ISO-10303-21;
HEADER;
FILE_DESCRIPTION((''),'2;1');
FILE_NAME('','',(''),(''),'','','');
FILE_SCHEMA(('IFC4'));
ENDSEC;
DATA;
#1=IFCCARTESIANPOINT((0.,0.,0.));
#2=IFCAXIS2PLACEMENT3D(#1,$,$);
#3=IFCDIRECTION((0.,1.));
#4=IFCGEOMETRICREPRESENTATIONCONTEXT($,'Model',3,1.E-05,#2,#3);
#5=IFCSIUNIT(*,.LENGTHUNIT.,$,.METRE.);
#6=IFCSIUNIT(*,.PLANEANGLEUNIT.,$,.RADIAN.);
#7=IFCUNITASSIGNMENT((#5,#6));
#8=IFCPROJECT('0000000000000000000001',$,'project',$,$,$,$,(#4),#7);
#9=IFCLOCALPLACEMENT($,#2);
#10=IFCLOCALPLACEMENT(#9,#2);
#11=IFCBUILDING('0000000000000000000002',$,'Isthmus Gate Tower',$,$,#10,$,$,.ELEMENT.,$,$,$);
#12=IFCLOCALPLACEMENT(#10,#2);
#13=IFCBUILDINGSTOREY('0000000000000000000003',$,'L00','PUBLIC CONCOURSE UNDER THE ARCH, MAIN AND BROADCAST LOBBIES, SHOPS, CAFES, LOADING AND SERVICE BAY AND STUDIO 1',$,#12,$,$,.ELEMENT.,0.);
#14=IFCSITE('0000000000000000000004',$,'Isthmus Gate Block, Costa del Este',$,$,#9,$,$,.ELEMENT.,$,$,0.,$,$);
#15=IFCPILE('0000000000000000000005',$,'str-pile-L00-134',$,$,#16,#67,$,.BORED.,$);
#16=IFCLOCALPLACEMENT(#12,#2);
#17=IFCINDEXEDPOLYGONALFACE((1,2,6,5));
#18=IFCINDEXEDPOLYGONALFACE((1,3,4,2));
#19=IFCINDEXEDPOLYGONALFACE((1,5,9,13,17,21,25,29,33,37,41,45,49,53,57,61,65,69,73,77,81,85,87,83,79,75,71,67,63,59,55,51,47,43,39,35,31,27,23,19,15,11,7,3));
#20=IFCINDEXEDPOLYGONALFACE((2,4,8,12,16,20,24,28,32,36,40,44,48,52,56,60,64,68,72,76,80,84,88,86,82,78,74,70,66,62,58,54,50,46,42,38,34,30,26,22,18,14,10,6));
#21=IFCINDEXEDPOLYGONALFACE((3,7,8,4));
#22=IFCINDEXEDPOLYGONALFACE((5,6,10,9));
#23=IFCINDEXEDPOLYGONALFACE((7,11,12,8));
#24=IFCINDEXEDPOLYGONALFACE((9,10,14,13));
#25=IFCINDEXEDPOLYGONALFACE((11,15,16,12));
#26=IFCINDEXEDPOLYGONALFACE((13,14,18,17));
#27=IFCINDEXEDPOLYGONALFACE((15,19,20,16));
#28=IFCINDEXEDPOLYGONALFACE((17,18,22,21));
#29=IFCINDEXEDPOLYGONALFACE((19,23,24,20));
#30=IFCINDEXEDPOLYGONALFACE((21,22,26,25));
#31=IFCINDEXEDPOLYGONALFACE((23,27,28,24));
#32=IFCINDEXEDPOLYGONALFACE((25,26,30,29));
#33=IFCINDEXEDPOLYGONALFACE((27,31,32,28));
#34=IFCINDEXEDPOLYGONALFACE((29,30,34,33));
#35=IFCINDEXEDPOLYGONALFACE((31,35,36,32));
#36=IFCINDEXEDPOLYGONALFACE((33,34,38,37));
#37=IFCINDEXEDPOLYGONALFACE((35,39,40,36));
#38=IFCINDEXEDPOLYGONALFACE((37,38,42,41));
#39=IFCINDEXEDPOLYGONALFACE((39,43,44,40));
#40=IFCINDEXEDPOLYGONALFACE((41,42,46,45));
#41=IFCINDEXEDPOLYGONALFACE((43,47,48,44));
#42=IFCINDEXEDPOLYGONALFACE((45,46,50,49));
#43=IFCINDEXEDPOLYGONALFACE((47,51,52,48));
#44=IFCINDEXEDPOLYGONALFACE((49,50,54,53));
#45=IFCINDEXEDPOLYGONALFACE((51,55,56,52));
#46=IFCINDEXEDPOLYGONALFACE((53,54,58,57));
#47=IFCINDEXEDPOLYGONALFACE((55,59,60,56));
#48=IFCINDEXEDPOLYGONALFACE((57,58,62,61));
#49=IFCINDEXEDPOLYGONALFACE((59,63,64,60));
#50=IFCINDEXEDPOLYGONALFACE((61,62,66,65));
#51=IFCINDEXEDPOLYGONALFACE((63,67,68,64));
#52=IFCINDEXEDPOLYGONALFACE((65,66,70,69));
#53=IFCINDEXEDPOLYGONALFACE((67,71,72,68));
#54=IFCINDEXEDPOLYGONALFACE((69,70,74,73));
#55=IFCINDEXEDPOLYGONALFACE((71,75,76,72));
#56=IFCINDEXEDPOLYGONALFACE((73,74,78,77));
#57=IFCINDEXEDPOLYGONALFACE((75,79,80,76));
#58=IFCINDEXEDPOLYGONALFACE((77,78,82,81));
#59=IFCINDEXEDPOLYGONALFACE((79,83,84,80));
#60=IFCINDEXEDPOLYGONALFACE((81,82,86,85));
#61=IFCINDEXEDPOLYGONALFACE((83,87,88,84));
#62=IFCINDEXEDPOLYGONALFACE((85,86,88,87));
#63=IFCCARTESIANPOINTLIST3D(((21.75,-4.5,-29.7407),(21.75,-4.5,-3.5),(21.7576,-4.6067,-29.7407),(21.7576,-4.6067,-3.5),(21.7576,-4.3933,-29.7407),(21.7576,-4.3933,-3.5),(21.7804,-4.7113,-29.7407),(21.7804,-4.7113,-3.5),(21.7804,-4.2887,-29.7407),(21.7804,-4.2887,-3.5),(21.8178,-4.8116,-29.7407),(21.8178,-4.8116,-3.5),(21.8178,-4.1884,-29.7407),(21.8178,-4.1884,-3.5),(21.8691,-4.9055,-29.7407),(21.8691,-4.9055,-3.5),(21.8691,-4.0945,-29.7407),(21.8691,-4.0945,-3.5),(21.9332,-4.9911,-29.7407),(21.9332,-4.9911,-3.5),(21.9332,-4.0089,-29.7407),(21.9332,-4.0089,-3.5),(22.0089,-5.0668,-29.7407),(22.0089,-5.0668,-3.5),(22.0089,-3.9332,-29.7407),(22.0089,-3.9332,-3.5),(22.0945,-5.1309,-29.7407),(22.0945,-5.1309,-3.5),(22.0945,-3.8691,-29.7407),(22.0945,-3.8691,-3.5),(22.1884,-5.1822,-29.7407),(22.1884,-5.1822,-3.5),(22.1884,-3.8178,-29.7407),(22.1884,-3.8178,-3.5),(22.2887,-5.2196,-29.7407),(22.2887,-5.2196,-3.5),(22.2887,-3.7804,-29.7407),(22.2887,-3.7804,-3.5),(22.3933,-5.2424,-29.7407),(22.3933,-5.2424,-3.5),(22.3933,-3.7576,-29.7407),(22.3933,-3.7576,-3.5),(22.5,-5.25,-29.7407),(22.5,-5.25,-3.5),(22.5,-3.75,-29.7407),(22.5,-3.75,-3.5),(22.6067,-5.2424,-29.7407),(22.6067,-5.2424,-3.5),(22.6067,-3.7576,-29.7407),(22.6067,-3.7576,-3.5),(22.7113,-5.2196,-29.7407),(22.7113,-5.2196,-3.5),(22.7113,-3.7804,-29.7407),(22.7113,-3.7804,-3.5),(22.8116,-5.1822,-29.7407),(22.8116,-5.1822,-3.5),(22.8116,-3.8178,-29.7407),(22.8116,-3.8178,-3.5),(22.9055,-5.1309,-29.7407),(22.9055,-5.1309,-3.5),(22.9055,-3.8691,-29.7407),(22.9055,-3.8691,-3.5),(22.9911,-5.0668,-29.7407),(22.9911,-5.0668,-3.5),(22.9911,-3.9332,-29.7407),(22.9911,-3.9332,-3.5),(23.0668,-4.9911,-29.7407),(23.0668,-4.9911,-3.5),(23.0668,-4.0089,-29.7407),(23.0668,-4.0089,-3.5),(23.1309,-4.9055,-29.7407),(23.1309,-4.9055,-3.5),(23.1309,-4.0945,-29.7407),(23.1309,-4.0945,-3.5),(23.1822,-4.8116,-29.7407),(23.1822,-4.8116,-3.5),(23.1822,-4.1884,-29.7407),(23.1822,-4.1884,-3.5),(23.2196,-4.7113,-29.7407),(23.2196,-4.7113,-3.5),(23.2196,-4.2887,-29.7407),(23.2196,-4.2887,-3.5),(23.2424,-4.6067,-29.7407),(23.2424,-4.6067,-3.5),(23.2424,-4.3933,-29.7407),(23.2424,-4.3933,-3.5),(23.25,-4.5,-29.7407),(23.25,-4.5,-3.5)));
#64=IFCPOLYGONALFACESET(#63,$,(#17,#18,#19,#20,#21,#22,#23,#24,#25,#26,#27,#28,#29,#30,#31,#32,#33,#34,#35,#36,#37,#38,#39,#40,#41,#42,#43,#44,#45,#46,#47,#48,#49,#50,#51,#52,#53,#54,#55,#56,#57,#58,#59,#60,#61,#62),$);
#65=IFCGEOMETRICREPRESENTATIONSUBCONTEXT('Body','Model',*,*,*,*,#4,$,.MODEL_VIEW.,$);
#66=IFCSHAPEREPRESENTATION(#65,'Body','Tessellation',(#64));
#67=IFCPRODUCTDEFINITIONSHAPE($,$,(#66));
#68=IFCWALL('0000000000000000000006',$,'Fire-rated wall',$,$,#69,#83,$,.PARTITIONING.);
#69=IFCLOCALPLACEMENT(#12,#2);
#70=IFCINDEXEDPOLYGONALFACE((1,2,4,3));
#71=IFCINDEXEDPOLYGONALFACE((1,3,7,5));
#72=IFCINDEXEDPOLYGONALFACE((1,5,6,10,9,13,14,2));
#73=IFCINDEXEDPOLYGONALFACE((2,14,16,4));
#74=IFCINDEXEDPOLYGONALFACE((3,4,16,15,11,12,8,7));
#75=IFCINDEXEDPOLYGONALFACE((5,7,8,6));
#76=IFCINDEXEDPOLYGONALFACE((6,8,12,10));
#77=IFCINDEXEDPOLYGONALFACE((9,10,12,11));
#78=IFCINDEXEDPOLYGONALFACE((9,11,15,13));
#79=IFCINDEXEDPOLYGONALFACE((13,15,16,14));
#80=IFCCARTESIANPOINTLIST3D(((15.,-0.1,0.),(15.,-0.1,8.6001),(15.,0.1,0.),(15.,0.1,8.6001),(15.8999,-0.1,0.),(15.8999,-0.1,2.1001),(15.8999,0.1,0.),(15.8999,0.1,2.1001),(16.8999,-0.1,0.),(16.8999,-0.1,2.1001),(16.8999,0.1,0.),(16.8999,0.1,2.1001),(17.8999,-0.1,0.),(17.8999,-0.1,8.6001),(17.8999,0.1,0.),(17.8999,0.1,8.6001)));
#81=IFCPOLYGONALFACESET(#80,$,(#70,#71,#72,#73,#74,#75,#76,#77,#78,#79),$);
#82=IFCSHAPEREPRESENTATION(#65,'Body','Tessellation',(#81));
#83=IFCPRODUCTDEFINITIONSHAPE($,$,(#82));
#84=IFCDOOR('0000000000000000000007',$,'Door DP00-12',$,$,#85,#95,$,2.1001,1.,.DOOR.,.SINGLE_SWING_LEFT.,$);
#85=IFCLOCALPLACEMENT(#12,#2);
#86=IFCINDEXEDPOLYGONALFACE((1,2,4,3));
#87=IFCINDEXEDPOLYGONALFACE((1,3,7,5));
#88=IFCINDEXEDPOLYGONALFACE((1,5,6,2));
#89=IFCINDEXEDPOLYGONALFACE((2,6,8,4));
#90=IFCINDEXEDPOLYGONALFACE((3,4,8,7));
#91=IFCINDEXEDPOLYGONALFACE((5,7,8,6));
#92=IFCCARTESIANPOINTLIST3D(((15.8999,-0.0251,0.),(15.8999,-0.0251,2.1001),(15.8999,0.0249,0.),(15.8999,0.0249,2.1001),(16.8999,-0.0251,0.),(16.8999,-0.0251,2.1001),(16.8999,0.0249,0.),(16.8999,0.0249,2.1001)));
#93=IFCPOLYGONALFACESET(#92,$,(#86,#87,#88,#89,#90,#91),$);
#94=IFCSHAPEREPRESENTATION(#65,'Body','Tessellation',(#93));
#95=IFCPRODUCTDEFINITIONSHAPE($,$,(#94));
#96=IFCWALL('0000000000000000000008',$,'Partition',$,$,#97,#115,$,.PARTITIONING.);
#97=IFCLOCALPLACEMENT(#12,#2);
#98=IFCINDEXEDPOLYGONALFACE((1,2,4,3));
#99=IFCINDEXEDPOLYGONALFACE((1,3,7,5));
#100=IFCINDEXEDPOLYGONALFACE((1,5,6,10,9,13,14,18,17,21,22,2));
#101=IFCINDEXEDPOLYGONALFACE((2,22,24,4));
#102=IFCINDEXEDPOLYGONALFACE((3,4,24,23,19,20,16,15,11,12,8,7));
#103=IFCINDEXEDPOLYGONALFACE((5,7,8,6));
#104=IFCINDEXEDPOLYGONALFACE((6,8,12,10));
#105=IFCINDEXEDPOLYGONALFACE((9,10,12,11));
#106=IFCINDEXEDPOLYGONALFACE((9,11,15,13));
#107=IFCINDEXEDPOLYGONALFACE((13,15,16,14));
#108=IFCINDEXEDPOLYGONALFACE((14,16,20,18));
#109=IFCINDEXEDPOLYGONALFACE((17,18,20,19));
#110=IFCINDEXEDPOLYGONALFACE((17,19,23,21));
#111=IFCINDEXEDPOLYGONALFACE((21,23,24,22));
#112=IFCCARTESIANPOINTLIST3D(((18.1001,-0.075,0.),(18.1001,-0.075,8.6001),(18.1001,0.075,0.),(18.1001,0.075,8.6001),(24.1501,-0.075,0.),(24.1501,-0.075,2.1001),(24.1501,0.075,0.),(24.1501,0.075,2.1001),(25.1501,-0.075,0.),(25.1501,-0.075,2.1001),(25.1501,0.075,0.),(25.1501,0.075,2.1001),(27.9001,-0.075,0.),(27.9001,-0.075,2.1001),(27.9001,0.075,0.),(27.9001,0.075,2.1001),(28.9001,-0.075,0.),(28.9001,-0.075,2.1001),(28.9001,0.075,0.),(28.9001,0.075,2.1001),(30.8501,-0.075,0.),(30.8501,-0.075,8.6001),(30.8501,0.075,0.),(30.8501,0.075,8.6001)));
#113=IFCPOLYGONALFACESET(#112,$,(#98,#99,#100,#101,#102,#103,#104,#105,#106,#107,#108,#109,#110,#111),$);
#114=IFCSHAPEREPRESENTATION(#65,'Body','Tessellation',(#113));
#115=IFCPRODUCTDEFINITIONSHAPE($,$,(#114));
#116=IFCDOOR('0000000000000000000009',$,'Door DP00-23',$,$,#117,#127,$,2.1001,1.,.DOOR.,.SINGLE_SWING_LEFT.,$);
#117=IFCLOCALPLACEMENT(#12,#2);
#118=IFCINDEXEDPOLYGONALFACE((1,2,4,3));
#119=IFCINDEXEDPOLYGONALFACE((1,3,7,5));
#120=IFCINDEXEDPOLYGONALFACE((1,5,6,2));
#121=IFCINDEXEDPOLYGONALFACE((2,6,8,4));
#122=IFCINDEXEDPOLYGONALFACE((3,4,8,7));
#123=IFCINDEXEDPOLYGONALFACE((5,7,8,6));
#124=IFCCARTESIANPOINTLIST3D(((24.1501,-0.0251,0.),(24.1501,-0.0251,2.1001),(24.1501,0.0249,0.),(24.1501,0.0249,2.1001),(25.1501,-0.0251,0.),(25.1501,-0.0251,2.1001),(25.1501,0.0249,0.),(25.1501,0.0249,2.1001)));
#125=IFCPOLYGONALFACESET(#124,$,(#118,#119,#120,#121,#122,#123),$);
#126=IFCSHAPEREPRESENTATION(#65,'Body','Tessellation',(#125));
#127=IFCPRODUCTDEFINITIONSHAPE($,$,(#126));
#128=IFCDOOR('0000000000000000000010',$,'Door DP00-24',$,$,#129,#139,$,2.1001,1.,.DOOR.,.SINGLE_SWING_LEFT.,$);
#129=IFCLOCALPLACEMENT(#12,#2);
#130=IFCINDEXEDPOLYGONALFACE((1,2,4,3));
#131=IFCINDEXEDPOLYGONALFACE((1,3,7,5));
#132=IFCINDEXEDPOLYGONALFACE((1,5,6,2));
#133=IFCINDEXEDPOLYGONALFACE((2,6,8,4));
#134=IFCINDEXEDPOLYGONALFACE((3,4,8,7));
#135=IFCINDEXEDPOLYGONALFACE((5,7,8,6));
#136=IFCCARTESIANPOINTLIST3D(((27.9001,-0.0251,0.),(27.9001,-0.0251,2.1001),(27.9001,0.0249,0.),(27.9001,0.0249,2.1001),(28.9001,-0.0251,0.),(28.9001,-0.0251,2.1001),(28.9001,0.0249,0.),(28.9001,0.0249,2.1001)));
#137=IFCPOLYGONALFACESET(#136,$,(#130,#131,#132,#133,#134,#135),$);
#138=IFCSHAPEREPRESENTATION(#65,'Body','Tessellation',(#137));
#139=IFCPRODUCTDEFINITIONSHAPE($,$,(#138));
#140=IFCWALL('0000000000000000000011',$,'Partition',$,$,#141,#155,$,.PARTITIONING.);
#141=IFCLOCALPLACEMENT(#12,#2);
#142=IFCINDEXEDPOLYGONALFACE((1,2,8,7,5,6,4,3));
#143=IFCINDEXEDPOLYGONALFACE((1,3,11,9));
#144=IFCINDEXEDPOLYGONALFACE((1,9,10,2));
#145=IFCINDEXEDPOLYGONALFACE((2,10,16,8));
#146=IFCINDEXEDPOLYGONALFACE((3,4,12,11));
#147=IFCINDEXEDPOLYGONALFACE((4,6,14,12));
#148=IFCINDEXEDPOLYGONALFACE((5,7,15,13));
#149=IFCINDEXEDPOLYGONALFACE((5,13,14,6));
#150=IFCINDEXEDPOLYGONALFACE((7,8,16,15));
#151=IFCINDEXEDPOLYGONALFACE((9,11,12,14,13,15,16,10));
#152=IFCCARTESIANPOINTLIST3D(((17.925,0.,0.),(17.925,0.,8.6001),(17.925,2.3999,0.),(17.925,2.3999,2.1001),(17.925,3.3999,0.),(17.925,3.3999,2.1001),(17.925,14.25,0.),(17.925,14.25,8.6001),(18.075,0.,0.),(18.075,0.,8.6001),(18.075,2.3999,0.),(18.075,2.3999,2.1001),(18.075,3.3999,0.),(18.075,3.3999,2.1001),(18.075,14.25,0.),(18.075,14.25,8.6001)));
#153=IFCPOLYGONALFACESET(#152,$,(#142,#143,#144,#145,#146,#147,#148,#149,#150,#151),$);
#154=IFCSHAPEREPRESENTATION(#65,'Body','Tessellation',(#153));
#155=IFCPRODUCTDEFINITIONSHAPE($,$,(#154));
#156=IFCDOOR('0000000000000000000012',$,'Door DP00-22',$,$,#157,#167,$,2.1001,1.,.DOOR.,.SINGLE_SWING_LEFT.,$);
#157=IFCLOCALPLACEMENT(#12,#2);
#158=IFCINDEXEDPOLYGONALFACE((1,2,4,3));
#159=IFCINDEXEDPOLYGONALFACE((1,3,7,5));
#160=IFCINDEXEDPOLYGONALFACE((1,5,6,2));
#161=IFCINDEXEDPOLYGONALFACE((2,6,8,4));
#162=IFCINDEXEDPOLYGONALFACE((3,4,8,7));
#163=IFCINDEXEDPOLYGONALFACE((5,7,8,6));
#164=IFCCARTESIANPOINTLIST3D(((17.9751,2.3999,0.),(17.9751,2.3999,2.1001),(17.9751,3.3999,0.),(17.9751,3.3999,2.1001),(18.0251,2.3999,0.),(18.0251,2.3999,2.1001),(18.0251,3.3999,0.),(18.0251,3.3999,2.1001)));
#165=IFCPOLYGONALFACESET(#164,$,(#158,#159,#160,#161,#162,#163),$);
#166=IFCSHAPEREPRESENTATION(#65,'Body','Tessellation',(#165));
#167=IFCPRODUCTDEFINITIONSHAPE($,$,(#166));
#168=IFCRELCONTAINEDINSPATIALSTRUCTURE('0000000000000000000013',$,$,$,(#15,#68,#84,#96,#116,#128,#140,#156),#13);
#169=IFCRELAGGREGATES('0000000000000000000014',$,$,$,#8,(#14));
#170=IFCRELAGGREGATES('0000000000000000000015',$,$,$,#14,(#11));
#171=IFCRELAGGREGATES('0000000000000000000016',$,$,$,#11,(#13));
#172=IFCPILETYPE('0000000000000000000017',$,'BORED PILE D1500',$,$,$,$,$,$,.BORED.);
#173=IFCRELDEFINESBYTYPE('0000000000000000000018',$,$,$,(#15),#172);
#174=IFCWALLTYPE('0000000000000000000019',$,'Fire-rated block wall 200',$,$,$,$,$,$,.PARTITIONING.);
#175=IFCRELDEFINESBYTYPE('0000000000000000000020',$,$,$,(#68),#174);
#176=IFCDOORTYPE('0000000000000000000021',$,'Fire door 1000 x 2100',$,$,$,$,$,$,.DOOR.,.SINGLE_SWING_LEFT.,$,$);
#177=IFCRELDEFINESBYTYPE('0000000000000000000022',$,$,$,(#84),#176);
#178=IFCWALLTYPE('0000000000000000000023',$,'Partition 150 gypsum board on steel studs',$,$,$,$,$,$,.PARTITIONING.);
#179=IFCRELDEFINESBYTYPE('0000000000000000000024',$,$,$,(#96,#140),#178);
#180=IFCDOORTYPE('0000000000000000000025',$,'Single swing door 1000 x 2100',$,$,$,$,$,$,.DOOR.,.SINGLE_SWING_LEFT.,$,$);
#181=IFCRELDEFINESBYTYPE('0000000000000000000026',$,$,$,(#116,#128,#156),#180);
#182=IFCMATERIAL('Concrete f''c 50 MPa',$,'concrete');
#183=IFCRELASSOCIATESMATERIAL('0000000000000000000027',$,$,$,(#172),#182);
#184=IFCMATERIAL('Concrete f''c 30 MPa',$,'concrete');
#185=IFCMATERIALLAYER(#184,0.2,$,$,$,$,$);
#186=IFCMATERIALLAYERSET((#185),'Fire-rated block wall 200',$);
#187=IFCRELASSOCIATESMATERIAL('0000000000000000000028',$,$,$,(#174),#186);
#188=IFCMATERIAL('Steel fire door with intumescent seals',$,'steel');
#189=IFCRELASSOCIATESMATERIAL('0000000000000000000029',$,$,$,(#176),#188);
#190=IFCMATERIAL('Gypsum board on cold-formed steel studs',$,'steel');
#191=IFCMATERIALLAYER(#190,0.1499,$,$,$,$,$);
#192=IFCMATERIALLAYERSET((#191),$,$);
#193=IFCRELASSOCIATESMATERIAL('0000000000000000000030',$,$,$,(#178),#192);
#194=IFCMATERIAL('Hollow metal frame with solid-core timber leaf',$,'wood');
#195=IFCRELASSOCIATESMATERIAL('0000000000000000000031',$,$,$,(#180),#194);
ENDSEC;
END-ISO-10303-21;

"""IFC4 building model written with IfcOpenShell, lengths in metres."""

from ifc_helpers import new_model, si_unit, direction, frame, frame_2d, origin, origin_2d, place, context, subcontext, project, spatial, rectangle, circle, extrude, material, layer, layer_set, material_profile, profile_set, type_object, element, fill, save


model = new_model("IFC4")

# Units and contexts
model_context = context("Model", 3, precision=1e-05, world=origin(), true_north=direction((0.0, 1.0)))
body_context = subcontext(model_context, "Body", "Model", "MODEL_VIEW")
ifc_project = project(units=[si_unit("LENGTHUNIT", "METRE"), si_unit("PLANEANGLEUNIT", "RADIAN")], contexts=[model_context])

# Site, building, storey
site_placement = place(None, origin())
site = spatial("IfcSite", under=ifc_project, at=site_placement, Name="Isthmus Gate Block, Costa del Este", CompositionType="ELEMENT", RefElevation=0.0)
building_placement = place(site_placement, origin())
building = spatial("IfcBuilding", under=site, at=building_placement, Name="Isthmus Gate Tower", CompositionType="ELEMENT")
storey_placement = place(building_placement, origin())
storey = spatial("IfcBuildingStorey", under=building, at=storey_placement, Name="L00", Description="PUBLIC CONCOURSE UNDER THE ARCH, MAIN AND BROADCAST LOBBIES, SHOPS, CAFES, LOADING AND SERVICE BAY AND STUDIO 1", CompositionType="ELEMENT", Elevation=0.0)

# Pile
ifc_material_1 = material(Name="Concrete f'c 50 MPa", Category="concrete")
ifc_material_profile = material_profile(ifc_material_1, circle(Radius=0.75, at=origin_2d()), Name="D1500")
ifc_profile_set = profile_set([ifc_material_profile], Name="Concrete f'c 50 MPa")
pile_type = type_object("IfcPileType", Name="BORED PILE D1500", PredefinedType="BORED", material=ifc_profile_set)
pile_1_placement = place(storey_placement, frame((22.5, -4.5, -3.5), z_axis=(0.0, 0.0, -1.0), x_axis=(1.0, 0.0, 0.0)))
element("IfcPile", 1, at=pile_1_placement, inside=storey, type_object=pile_type, Name="str-pile-L00-134", PredefinedType="BORED", context=body_context, shape_type="SweptSolid", body=[
    extrude(circle(Radius=0.75, at=origin_2d()), origin(), (0.0, 0.0, 1.0), 26.2407),
])

# Wall, opening, door
ifc_material_2 = material(Name="Concrete f'c 30 MPa", Category="concrete")
ifc_layer_1 = layer(ifc_material_2, 0.2)
ifc_layer_set_1 = layer_set([ifc_layer_1], Name="Fire-rated block wall 200")
wall_type_1 = type_object("IfcWallType", Name="Fire-rated block wall 200", PredefinedType="PARTITIONING", material=ifc_layer_set_1)
wall_1_placement = place(storey_placement, frame((15.0, 0.0, 0.0), z_axis=(0.0, 0.0, 1.0), x_axis=(1.0, 0.0, 0.0)))
wall_1 = element("IfcWall", 2, at=wall_1_placement, inside=storey, type_object=wall_type_1, Name="Fire-rated wall", PredefinedType="PARTITIONING", context=body_context, shape_type="SweptSolid", body=[
    extrude(rectangle(XDim=2.8999, YDim=0.2, at=frame_2d((1.45, 0.0))), origin(), (0.0, 0.0, 1.0), 8.6001),
])
opening_1_placement = place(wall_1_placement, frame((0.8999, 0.0, 0.0)))
opening_1 = element("IfcOpeningElement", 3, at=opening_1_placement, cuts=wall_1, PredefinedType="OPENING", context=body_context, shape_type="SweptSolid", body=[
    extrude(rectangle(XDim=1.0, YDim=2.1001, at=frame_2d((0.5, 1.05))), frame((0.0, 0.1099, 0.0), z_axis=(0.0, -1.0, 0.0), x_axis=(1.0, 0.0, 0.0)), (0.0, 0.0, 1.0), 0.22),
])
ifc_material_3 = material(Name="Steel fire door with intumescent seals", Category="steel")
door_type_1 = type_object("IfcDoorType", Name="Fire door 1000 x 2100", OperationType="SINGLE_SWING_LEFT", PredefinedType="DOOR", material=ifc_material_3)
door_1_placement = place(opening_1_placement, origin())
door_1 = element("IfcDoor", 4, at=door_1_placement, inside=storey, type_object=door_type_1, Name="Door DP00-12", OperationType="SINGLE_SWING_LEFT", OverallHeight=2.1001, OverallWidth=1.0, PredefinedType="DOOR", context=body_context, shape_type="SweptSolid", body=[
    extrude(rectangle(XDim=1.0, YDim=2.1001, at=frame_2d((0.5, 1.05))), frame((0.0, 0.0249, 0.0), z_axis=(0.0, -1.0, 0.0), x_axis=(1.0, 0.0, 0.0)), (0.0, 0.0, 1.0), 0.05),
])
fill(opening_1, door_1)

# Wall, openings, doors
ifc_material_4 = material(Name="Gypsum board on cold-formed steel studs", Category="steel")
ifc_layer_2 = layer(ifc_material_4, 0.1499)
ifc_layer_set_2 = layer_set([ifc_layer_2])
wall_type_2 = type_object("IfcWallType", Name="Partition 150 gypsum board on steel studs", PredefinedType="PARTITIONING", material=ifc_layer_set_2)
wall_2_placement = place(storey_placement, frame((18.1001, 0.0, 0.0), z_axis=(0.0, 0.0, 1.0), x_axis=(1.0, 0.0, 0.0)))
wall_2 = element("IfcWall", 5, at=wall_2_placement, inside=storey, type_object=wall_type_2, Name="Partition", PredefinedType="PARTITIONING", context=body_context, shape_type="SweptSolid", body=[
    extrude(rectangle(XDim=12.75, YDim=0.1499, at=frame_2d((6.375, 0.0))), origin(), (0.0, 0.0, 1.0), 8.6001),
])
opening_2_placement = place(wall_2_placement, frame((6.05, 0.0, 0.0)))
opening_2 = element("IfcOpeningElement", 6, at=opening_2_placement, cuts=wall_2, PredefinedType="OPENING", context=body_context, shape_type="SweptSolid", body=[
    extrude(rectangle(XDim=1.0, YDim=2.1001, at=frame_2d((0.5, 1.05))), frame((0.0, 0.085, 0.0), z_axis=(0.0, -1.0, 0.0), x_axis=(1.0, 0.0, 0.0)), (0.0, 0.0, 1.0), 0.1699),
])
opening_3_placement = place(wall_2_placement, frame((9.8, 0.0, 0.0)))
opening_3 = element("IfcOpeningElement", 7, at=opening_3_placement, cuts=wall_2, PredefinedType="OPENING", context=body_context, shape_type="SweptSolid", body=[
    extrude(rectangle(XDim=1.0, YDim=2.1001, at=frame_2d((0.5, 1.05))), frame((0.0, 0.085, 0.0), z_axis=(0.0, -1.0, 0.0), x_axis=(1.0, 0.0, 0.0)), (0.0, 0.0, 1.0), 0.1699),
])
ifc_material_5 = material(Name="Hollow metal frame with solid-core timber leaf", Category="wood")
door_type_2 = type_object("IfcDoorType", Name="Single swing door 1000 x 2100", OperationType="SINGLE_SWING_LEFT", PredefinedType="DOOR", material=ifc_material_5)
door_2_placement = place(opening_2_placement, origin())
door_2 = element("IfcDoor", 8, at=door_2_placement, inside=storey, type_object=door_type_2, Name="Door DP00-23", OperationType="SINGLE_SWING_LEFT", OverallHeight=2.1001, OverallWidth=1.0, PredefinedType="DOOR", context=body_context, shape_type="SweptSolid", body=[
    extrude(rectangle(XDim=1.0, YDim=2.1001, at=frame_2d((0.5, 1.05))), frame((0.0, 0.0249, 0.0), z_axis=(0.0, -1.0, 0.0), x_axis=(1.0, 0.0, 0.0)), (0.0, 0.0, 1.0), 0.05),
])
fill(opening_2, door_2)
door_3_placement = place(opening_3_placement, origin())
door_3 = element("IfcDoor", 9, at=door_3_placement, inside=storey, type_object=door_type_2, Name="Door DP00-24", OperationType="SINGLE_SWING_LEFT", OverallHeight=2.1001, OverallWidth=1.0, PredefinedType="DOOR", context=body_context, shape_type="SweptSolid", body=[
    extrude(rectangle(XDim=1.0, YDim=2.1001, at=frame_2d((0.5, 1.05))), frame((0.0, 0.0249, 0.0), z_axis=(0.0, -1.0, 0.0), x_axis=(1.0, 0.0, 0.0)), (0.0, 0.0, 1.0), 0.05),
])
fill(opening_3, door_3)

# Wall, opening, door
wall_3_placement = place(storey_placement, frame((18.0, 0.0, 0.0), z_axis=(0.0, 0.0, 1.0), x_axis=(0.0, 1.0, 0.0)))
wall_3 = element("IfcWall", 10, at=wall_3_placement, inside=storey, type_object=wall_type_2, Name="Partition", PredefinedType="PARTITIONING", context=body_context, shape_type="SweptSolid", body=[
    extrude(rectangle(XDim=14.25, YDim=0.1499, at=frame_2d((7.125, 0.0))), origin(), (0.0, 0.0, 1.0), 8.6001),
])
opening_4_placement = place(wall_3_placement, frame((2.3999, 0.0, 0.0)))
opening_4 = element("IfcOpeningElement", 11, at=opening_4_placement, cuts=wall_3, PredefinedType="OPENING", context=body_context, shape_type="SweptSolid", body=[
    extrude(rectangle(XDim=1.0, YDim=2.1001, at=frame_2d((0.5, 1.05))), frame((0.0, 0.085, 0.0), z_axis=(0.0, -1.0, 0.0), x_axis=(1.0, 0.0, 0.0)), (0.0, 0.0, 1.0), 0.1699),
])
door_4_placement = place(opening_4_placement, origin())
door_4 = element("IfcDoor", 12, at=door_4_placement, inside=storey, type_object=door_type_2, Name="Door DP00-22", OperationType="SINGLE_SWING_LEFT", OverallHeight=2.1001, OverallWidth=1.0, PredefinedType="DOOR", context=body_context, shape_type="SweptSolid", body=[
    extrude(rectangle(XDim=1.0, YDim=2.1001, at=frame_2d((0.5, 1.05))), frame((0.0, 0.0249, 0.0), z_axis=(0.0, -1.0, 0.0), x_axis=(1.0, 0.0, 0.0)), (0.0, 0.0, 1.0), 0.05),
])
fill(opening_4, door_4)

save(model, "model.ifc")
